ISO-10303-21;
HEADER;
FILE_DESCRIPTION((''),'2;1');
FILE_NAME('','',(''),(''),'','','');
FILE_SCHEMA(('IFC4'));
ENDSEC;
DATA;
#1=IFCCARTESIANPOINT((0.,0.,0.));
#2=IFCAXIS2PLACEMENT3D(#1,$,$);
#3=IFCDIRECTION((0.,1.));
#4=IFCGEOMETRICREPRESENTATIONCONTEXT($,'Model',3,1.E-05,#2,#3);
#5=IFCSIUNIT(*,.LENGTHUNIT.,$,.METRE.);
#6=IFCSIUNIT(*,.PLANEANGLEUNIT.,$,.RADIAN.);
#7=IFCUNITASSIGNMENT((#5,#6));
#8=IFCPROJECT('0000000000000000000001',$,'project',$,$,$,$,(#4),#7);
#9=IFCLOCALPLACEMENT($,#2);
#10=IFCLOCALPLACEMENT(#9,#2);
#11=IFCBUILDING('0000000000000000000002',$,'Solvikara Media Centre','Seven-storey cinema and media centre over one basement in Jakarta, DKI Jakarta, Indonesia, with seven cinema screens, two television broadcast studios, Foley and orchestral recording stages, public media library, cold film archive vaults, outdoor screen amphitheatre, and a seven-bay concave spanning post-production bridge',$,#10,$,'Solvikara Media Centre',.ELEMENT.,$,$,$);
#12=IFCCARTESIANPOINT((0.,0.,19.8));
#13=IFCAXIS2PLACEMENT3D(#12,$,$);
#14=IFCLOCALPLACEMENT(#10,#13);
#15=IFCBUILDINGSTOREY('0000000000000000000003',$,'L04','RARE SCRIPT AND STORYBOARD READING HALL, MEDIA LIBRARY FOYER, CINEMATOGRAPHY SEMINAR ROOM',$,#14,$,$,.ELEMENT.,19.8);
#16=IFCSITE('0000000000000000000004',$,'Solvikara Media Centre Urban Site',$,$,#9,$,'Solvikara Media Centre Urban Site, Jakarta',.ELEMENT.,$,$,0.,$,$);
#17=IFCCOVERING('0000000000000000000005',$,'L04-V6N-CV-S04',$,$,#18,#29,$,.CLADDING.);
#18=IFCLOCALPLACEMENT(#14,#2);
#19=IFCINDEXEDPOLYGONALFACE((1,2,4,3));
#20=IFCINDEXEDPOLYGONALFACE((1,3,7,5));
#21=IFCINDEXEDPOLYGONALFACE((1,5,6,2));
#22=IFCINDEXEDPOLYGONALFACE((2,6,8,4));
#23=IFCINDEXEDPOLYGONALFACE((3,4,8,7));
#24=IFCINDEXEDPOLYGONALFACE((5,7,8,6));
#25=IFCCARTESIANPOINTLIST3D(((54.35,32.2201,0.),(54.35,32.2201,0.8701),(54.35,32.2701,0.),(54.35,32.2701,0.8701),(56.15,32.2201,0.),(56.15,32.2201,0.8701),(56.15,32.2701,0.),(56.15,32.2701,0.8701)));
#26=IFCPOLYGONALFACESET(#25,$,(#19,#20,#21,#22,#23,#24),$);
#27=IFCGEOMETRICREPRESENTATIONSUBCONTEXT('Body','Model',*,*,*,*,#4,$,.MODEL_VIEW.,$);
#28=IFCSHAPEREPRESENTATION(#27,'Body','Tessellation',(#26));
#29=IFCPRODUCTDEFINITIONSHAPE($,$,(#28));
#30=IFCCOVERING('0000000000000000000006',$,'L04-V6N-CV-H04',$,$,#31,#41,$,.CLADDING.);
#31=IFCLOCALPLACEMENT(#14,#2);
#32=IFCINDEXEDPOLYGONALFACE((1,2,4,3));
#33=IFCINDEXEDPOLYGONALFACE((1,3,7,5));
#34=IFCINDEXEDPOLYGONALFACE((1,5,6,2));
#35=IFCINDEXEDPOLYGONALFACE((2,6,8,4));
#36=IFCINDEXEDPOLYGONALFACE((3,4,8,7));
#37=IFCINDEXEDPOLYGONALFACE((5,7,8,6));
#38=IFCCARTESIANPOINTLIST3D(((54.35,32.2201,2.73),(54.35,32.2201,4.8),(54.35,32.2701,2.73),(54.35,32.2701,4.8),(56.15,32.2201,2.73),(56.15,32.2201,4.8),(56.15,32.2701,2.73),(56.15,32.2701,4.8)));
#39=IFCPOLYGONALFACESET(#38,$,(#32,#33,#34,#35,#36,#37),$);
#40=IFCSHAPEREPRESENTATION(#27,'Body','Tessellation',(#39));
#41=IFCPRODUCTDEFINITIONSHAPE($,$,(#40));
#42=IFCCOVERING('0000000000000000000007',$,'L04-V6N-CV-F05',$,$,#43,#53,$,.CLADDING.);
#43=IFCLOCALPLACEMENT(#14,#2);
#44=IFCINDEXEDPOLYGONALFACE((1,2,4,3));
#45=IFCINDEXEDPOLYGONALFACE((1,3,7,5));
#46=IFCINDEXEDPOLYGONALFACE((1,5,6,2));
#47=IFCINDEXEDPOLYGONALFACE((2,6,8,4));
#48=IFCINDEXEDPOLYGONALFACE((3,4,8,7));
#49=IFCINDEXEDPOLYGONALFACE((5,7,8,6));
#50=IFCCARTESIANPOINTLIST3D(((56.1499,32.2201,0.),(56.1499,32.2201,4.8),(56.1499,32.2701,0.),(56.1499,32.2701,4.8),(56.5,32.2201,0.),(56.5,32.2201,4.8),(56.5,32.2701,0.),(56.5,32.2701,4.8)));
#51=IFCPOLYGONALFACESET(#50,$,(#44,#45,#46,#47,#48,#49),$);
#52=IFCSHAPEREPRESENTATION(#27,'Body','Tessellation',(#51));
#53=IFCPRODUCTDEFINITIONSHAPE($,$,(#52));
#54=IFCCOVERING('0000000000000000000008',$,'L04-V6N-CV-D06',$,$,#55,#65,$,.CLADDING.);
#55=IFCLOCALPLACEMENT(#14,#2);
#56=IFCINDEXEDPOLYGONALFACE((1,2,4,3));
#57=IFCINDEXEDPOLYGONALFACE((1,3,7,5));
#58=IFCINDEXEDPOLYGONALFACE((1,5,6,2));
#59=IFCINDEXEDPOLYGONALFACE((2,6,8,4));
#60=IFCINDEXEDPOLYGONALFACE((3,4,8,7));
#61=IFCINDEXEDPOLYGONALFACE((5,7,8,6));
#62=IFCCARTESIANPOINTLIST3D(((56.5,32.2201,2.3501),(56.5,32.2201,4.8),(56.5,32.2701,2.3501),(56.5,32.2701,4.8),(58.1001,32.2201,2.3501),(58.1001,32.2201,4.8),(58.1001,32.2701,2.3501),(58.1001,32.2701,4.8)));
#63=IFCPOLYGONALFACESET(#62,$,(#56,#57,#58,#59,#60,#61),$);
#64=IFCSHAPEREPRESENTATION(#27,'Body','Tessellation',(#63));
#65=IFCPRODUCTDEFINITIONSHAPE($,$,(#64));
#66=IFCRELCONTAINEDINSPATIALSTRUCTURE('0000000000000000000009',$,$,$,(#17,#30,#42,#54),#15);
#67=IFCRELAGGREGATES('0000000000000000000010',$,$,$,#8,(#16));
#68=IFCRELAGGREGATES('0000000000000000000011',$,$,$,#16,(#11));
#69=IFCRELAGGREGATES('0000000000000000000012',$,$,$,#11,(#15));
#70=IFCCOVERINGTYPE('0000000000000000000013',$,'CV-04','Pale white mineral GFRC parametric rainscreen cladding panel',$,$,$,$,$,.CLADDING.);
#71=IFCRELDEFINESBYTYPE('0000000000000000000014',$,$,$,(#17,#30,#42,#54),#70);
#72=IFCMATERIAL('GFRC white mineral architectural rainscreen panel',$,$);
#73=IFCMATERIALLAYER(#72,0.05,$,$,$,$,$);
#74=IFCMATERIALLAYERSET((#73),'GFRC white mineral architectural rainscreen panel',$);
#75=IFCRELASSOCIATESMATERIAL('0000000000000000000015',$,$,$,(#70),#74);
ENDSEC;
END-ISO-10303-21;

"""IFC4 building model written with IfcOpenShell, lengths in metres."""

from ifc_helpers import new_model, si_unit, direction, frame, origin, origin_2d, place, context, subcontext, project, spatial, rectangle, extrude, material, layer, layer_set, type_object, element, save


model = new_model("IFC4")

# Units and contexts
model_context = context("Model", 3, precision=1e-05, world=origin(), true_north=direction((0.0, 1.0)))
body_context = subcontext(model_context, "Body", "Model", "MODEL_VIEW")
ifc_project = project(units=[si_unit("LENGTHUNIT", "METRE"), si_unit("PLANEANGLEUNIT", "RADIAN")], contexts=[model_context])

# Site, building, storey
site_placement = place(None, origin())
site = spatial("IfcSite", under=ifc_project, at=site_placement, Name="Solvikara Media Centre Urban Site", LongName="Solvikara Media Centre Urban Site, Jakarta", CompositionType="ELEMENT", RefElevation=0.0)
building_placement = place(site_placement, origin())
building = spatial("IfcBuilding", under=site, at=building_placement, Name="Solvikara Media Centre", Description="Seven-storey cinema and media centre over one basement in Jakarta, DKI Jakarta, Indonesia, with seven cinema screens, two television broadcast studios, Foley and orchestral recording stages, public media library, cold film archive vaults, outdoor screen amphitheatre, and a seven-bay concave spanning post-production bridge", LongName="Solvikara Media Centre", CompositionType="ELEMENT")
storey_placement = place(building_placement, frame((0.0, 0.0, 19.8)))
storey = spatial("IfcBuildingStorey", under=building, at=storey_placement, Name="L04", Description="RARE SCRIPT AND STORYBOARD READING HALL, MEDIA LIBRARY FOYER, CINEMATOGRAPHY SEMINAR ROOM", CompositionType="ELEMENT", Elevation=19.8)

# Coverings
ifc_material_1 = material(Name="GFRC white mineral architectural rainscreen panel")
ifc_layer = layer(ifc_material_1, 0.05)
ifc_layer_set = layer_set([ifc_layer], Name="GFRC white mineral architectural rainscreen panel")
covering_type = type_object("IfcCoveringType", Name="CV-04", Description="Pale white mineral GFRC parametric rainscreen cladding panel", PredefinedType="CLADDING", material=ifc_layer_set)
covering_1_placement = place(storey_placement, frame((55.25, 32.2451, 0.0), z_axis=(0.0, 0.0, 1.0), x_axis=(1.0, 0.0, 0.0)))
element("IfcCovering", 1, at=covering_1_placement, inside=storey, type_object=covering_type, Name="L04-V6N-CV-S04", PredefinedType="CLADDING", context=body_context, shape_type="SweptSolid", body=[
    extrude(rectangle(XDim=1.8, YDim=0.05, at=origin_2d()), origin(), (0.0, 0.0, 1.0), 0.8701),
])
covering_2_placement = place(storey_placement, frame((55.25, 32.2451, 2.73), z_axis=(0.0, 0.0, 1.0), x_axis=(1.0, 0.0, 0.0)))
element("IfcCovering", 2, at=covering_2_placement, inside=storey, type_object=covering_type, Name="L04-V6N-CV-H04", PredefinedType="CLADDING", context=body_context, shape_type="SweptSolid", body=[
    extrude(rectangle(XDim=1.8, YDim=0.05, at=origin_2d()), origin(), (0.0, 0.0, 1.0), 2.0701),
])
covering_3_placement = place(storey_placement, frame((56.325, 32.2451, 0.0), z_axis=(0.0, 0.0, 1.0), x_axis=(1.0, 0.0, 0.0)))
element("IfcCovering", 3, at=covering_3_placement, inside=storey, type_object=covering_type, Name="L04-V6N-CV-F05", PredefinedType="CLADDING", context=body_context, shape_type="SweptSolid", body=[
    extrude(rectangle(XDim=0.3501, YDim=0.05, at=origin_2d()), origin(), (0.0, 0.0, 1.0), 4.8),
])
covering_4_placement = place(storey_placement, frame((57.3, 32.2451, 2.3501), z_axis=(0.0, 0.0, 1.0), x_axis=(1.0, 0.0, 0.0)))
element("IfcCovering", 4, at=covering_4_placement, inside=storey, type_object=covering_type, Name="L04-V6N-CV-D06", PredefinedType="CLADDING", context=body_context, shape_type="SweptSolid", body=[
    extrude(rectangle(XDim=1.6001, YDim=0.05, at=origin_2d()), origin(), (0.0, 0.0, 1.0), 2.45),
])

save(model, "model.ifc")
